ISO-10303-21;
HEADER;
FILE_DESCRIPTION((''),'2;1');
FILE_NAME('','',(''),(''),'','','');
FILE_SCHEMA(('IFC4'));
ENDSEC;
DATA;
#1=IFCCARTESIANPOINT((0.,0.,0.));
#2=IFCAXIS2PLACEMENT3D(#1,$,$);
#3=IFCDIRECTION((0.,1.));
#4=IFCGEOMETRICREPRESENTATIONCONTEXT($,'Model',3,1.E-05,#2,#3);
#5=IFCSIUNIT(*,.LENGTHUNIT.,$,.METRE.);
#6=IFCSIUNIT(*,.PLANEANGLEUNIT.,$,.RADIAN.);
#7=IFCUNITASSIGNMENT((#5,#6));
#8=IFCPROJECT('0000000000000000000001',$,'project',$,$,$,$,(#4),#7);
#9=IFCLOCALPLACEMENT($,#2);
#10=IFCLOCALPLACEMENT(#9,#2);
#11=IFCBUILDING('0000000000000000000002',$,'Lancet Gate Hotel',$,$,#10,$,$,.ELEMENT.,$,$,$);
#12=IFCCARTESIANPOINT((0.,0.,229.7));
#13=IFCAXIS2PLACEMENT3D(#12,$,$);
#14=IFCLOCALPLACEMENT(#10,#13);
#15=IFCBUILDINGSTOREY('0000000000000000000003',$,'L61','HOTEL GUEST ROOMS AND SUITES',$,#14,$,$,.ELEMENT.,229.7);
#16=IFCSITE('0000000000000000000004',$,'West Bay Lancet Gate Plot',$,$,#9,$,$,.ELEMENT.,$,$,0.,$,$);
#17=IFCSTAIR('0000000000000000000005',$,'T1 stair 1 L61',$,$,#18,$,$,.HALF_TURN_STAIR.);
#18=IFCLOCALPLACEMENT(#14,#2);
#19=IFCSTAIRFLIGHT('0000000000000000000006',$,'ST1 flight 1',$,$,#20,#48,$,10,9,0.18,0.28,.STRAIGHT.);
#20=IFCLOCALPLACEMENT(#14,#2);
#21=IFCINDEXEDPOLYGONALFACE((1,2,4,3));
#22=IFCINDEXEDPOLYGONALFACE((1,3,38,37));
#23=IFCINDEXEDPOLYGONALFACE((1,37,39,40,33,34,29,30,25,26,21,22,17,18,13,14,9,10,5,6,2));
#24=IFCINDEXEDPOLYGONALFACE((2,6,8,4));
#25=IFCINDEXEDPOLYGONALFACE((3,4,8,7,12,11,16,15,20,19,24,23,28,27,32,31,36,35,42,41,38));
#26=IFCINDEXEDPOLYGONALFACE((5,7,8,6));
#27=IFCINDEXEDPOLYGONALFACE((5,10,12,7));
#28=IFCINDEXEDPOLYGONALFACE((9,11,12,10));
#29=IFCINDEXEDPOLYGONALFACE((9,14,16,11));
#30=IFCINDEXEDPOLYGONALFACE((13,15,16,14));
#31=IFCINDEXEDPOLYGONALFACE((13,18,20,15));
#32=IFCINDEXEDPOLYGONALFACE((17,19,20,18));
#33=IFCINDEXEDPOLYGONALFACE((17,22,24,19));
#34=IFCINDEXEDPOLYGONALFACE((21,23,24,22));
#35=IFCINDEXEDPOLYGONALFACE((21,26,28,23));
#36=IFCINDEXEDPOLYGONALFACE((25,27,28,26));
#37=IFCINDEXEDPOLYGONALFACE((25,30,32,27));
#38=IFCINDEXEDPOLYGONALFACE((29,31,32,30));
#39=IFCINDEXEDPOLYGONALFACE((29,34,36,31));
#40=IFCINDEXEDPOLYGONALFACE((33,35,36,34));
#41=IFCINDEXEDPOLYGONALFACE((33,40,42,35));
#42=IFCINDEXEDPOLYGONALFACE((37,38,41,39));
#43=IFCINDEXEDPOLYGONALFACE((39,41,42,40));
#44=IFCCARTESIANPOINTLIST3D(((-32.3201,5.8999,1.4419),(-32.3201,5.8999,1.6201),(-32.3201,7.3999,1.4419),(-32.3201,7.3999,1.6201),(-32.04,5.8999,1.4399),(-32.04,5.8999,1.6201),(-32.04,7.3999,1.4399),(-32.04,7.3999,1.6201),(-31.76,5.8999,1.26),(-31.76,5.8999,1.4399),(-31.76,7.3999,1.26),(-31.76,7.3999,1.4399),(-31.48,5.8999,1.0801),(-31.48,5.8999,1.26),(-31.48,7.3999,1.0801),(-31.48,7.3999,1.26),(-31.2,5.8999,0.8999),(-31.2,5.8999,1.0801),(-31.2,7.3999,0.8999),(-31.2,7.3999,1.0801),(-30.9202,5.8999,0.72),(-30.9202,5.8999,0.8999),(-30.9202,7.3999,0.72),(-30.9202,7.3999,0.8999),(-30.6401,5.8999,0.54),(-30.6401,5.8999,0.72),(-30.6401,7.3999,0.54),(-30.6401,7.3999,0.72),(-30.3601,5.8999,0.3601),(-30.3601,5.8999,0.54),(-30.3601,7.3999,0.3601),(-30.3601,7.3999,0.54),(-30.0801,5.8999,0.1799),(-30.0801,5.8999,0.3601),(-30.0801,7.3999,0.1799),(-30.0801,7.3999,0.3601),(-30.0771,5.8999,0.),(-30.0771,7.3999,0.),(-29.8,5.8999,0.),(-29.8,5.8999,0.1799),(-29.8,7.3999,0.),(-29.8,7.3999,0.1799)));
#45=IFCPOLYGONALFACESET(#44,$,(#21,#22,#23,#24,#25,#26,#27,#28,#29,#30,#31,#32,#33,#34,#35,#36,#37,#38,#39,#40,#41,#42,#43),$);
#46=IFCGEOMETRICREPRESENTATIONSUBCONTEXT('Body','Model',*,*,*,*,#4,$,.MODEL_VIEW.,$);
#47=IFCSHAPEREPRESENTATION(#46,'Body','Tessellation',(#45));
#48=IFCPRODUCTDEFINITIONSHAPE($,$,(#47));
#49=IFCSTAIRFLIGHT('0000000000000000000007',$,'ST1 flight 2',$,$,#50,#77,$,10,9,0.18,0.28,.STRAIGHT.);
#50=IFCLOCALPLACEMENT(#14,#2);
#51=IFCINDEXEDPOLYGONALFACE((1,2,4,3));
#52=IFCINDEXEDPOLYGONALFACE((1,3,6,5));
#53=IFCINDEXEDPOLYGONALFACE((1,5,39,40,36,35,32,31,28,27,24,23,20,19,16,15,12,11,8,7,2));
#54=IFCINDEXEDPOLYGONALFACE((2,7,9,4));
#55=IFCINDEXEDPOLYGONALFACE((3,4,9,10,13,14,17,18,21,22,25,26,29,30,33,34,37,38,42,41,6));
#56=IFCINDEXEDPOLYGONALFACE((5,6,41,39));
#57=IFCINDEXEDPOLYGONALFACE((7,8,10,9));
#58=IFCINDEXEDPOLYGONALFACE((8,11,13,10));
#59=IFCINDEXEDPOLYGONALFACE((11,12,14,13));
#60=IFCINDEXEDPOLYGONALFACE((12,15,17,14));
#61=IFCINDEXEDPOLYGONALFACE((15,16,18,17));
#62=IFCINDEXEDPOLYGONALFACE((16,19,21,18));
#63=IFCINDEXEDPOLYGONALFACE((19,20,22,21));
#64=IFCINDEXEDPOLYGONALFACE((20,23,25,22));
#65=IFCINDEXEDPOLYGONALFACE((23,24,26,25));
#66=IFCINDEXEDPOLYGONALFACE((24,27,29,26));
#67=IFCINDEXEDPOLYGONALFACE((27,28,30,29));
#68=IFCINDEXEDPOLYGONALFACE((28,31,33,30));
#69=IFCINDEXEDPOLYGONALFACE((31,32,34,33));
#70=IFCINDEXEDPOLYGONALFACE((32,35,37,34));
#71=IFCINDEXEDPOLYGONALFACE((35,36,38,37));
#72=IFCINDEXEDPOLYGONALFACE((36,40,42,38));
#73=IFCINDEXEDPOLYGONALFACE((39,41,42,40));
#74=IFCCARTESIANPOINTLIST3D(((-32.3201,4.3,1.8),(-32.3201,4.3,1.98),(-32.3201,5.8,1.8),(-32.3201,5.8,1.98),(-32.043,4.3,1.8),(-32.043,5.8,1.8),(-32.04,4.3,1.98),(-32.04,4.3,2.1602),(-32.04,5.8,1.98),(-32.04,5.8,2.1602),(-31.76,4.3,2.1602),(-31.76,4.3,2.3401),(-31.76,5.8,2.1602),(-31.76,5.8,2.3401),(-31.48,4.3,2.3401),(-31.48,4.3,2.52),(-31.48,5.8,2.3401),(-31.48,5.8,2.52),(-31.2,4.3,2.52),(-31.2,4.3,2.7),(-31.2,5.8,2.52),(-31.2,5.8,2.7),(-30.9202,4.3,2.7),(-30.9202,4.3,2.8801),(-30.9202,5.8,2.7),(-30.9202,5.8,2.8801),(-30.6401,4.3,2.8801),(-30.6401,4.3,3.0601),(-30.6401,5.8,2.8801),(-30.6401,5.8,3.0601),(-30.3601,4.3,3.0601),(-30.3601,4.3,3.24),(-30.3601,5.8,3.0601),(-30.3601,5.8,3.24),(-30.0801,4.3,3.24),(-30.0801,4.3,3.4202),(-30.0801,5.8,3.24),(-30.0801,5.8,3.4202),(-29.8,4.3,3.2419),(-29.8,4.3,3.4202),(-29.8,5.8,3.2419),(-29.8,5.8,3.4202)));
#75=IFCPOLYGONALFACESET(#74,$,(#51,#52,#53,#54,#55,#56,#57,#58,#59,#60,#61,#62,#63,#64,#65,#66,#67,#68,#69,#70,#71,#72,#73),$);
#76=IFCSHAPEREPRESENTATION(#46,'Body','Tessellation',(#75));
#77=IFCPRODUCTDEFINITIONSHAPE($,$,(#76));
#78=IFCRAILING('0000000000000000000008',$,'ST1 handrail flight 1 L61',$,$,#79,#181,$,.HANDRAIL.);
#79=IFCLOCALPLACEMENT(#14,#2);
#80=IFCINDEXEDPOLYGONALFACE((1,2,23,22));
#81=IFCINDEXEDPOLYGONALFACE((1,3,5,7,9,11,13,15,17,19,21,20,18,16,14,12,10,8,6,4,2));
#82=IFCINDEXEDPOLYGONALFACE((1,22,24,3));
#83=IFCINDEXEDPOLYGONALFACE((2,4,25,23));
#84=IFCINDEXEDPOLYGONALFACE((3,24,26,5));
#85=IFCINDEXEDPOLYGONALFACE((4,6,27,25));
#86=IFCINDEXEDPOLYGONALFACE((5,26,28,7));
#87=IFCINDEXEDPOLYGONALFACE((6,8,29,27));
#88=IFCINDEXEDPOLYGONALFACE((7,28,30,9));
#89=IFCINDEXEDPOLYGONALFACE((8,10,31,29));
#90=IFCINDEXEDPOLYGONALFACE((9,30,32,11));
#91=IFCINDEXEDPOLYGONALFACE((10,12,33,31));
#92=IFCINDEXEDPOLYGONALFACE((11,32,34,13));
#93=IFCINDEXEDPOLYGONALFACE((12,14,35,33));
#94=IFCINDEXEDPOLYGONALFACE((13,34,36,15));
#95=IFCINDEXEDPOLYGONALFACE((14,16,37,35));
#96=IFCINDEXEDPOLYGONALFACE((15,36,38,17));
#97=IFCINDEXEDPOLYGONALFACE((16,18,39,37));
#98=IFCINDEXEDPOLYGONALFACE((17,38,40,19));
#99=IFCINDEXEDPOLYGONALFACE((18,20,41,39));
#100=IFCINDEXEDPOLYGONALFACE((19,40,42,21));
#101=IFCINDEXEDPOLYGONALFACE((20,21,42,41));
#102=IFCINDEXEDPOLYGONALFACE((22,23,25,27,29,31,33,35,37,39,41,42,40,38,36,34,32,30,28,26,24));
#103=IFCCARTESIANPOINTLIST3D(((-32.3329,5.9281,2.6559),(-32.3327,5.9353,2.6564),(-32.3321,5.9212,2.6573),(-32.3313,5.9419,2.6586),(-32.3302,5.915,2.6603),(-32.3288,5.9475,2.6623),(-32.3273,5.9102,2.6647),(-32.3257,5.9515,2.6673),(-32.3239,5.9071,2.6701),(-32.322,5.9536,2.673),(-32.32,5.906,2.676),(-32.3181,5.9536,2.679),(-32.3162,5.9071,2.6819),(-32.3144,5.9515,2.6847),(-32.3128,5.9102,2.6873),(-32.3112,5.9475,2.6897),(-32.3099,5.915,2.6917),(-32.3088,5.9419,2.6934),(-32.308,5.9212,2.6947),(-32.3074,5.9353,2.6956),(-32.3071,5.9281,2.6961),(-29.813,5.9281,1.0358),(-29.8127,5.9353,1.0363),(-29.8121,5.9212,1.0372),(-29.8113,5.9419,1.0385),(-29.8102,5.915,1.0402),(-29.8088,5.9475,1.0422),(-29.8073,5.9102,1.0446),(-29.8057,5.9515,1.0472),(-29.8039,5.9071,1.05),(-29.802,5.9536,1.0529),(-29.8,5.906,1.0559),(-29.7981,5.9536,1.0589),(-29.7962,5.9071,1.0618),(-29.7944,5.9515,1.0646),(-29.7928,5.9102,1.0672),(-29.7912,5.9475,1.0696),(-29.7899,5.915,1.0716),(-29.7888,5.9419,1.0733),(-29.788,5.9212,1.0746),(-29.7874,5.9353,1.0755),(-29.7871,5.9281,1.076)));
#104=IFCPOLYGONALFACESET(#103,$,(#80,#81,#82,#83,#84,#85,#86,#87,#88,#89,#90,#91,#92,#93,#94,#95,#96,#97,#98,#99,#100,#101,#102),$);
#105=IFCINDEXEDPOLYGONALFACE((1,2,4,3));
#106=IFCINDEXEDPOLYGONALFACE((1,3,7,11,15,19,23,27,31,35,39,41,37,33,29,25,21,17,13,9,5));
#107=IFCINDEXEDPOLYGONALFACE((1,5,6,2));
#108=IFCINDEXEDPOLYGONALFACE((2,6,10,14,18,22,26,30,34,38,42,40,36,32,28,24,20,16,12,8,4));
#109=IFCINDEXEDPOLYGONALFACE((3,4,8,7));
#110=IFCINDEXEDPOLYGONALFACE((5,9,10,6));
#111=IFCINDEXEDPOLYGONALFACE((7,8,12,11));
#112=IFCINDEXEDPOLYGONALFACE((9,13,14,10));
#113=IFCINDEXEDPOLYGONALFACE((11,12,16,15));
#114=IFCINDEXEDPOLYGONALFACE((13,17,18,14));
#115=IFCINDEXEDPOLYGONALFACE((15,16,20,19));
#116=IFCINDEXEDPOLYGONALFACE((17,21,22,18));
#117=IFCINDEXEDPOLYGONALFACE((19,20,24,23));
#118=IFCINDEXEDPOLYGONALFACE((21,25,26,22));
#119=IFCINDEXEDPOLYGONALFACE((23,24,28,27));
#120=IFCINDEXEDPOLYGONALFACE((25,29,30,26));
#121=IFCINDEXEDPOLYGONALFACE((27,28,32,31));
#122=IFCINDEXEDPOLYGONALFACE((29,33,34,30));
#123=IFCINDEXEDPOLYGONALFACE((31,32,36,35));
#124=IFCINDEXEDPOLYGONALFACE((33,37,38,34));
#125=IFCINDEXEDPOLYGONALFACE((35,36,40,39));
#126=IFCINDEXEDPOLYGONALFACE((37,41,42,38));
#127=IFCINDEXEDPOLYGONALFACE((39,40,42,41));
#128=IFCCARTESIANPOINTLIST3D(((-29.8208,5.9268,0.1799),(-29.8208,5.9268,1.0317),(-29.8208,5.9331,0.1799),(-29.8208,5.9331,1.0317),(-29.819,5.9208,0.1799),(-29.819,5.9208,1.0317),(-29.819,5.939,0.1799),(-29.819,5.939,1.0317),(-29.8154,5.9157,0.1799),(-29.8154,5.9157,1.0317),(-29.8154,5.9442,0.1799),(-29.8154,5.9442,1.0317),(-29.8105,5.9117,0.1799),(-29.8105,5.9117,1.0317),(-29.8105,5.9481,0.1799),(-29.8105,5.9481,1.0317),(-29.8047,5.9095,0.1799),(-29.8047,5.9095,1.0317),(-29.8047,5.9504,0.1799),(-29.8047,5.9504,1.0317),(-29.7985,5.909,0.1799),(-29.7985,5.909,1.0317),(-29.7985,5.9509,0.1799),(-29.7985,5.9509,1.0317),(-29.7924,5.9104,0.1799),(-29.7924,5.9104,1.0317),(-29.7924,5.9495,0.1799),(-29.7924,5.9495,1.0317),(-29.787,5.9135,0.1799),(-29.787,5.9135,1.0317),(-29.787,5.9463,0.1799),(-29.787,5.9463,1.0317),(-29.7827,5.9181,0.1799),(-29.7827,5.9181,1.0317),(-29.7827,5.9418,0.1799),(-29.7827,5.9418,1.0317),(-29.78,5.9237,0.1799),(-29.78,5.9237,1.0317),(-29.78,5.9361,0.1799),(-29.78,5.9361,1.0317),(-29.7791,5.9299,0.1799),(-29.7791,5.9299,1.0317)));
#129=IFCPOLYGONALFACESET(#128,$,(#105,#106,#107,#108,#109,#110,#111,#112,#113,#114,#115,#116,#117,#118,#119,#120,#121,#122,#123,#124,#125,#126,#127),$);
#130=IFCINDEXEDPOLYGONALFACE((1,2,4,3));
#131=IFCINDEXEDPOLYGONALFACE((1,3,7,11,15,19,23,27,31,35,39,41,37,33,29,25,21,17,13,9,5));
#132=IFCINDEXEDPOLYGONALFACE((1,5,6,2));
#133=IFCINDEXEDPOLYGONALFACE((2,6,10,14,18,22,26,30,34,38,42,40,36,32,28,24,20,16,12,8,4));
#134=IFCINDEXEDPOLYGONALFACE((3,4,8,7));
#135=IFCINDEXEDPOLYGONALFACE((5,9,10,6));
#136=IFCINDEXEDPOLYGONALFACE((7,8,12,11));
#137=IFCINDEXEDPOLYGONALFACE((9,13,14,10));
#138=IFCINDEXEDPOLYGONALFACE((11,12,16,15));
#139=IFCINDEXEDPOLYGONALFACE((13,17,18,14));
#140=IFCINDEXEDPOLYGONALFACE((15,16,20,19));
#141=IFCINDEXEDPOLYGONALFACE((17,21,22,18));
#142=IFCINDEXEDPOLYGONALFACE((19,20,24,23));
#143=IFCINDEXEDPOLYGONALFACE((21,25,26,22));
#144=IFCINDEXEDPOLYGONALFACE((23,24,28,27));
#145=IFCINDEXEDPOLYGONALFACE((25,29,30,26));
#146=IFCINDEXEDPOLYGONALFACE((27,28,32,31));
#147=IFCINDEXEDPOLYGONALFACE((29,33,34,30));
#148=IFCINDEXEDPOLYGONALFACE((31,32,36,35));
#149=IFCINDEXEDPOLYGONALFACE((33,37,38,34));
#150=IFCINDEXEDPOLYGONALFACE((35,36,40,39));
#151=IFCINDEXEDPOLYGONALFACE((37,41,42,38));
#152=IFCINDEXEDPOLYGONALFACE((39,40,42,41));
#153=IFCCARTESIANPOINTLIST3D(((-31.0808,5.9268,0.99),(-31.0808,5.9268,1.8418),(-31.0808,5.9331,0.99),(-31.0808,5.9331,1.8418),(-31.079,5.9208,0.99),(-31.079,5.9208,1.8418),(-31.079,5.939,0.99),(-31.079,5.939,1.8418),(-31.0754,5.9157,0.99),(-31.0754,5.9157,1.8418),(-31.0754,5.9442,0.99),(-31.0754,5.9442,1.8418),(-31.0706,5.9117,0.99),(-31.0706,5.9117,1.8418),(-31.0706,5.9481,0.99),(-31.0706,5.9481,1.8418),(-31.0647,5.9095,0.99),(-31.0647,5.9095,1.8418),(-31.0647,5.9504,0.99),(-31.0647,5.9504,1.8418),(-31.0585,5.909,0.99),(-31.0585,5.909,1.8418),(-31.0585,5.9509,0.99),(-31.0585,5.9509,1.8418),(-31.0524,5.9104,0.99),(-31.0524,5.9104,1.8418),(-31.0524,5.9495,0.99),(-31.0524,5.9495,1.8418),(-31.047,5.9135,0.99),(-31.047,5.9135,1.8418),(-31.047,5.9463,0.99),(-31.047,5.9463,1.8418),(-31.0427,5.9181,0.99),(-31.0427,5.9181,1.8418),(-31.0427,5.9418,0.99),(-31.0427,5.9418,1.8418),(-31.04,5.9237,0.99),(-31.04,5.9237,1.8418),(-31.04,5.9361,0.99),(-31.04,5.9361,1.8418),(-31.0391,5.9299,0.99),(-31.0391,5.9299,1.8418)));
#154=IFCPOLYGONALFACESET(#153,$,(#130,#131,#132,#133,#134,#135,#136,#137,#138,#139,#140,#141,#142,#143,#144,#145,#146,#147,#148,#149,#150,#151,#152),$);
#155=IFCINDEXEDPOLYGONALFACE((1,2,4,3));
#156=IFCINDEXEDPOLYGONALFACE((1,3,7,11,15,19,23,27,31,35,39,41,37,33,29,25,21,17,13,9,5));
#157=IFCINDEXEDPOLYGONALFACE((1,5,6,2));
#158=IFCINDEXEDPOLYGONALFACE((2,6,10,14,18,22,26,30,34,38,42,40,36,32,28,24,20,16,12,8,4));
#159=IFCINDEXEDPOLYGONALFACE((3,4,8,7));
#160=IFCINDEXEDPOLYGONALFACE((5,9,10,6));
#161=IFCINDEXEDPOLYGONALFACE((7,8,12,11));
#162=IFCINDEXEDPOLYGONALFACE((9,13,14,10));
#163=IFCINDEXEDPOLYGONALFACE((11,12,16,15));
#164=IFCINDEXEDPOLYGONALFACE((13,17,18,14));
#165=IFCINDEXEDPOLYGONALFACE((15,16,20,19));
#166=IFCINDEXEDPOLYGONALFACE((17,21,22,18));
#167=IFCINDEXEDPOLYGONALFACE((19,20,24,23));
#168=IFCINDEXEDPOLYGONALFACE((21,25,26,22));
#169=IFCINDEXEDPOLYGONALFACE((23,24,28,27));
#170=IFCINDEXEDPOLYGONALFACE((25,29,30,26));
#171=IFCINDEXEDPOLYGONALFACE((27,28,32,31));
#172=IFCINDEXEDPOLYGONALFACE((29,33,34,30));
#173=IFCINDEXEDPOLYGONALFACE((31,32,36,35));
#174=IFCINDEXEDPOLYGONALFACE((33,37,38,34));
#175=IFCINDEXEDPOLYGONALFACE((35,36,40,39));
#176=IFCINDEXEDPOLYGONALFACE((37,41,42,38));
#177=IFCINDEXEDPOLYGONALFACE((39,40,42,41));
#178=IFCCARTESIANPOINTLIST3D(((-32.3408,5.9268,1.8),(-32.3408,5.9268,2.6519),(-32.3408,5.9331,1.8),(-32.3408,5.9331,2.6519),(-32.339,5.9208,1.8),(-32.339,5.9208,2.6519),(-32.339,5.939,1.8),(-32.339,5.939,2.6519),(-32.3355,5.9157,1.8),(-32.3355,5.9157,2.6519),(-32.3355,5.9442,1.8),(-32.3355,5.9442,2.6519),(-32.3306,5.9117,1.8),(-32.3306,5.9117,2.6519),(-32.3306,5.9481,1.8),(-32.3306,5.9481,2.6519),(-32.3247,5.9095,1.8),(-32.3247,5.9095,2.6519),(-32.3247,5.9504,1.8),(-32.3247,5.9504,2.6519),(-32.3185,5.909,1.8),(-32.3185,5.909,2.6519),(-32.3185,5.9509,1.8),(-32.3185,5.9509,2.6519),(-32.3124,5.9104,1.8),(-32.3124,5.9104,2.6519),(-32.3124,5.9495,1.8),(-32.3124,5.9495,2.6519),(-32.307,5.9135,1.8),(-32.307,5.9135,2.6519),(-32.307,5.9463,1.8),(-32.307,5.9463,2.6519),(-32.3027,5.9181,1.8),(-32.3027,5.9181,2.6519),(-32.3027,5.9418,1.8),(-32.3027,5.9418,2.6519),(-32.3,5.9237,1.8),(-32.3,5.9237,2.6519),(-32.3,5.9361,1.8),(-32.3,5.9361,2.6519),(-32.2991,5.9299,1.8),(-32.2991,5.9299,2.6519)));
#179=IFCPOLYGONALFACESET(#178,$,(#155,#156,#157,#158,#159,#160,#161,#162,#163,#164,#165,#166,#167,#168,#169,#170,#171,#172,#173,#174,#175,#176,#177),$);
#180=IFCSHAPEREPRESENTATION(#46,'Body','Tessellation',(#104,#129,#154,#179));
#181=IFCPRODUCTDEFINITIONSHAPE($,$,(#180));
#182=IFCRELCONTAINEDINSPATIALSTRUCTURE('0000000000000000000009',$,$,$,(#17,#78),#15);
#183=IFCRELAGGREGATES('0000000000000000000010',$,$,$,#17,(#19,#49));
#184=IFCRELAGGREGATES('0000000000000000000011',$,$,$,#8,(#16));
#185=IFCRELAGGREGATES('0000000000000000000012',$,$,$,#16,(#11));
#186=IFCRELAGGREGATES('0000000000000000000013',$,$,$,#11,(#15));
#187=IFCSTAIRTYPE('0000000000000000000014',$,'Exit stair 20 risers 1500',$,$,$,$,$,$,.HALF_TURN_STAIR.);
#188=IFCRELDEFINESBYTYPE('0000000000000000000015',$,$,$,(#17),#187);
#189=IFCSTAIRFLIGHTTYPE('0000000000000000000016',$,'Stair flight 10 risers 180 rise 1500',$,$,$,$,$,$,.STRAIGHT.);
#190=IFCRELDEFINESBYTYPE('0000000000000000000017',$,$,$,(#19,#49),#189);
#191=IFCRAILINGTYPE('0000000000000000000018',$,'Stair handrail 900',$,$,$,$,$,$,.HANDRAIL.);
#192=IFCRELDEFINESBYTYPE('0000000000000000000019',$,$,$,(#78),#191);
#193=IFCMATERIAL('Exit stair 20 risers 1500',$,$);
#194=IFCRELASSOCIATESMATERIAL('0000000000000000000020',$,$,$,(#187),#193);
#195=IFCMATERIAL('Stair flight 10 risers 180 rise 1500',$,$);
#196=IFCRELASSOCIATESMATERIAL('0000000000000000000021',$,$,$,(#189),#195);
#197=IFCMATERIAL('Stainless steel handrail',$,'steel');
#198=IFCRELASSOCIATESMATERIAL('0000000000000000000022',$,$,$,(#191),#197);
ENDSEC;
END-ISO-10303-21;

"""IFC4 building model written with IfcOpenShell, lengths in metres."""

from ifc_helpers import new_model, si_unit, direction, frame, origin, origin_2d, place, context, subcontext, project, spatial, polyline, circle, outline, extrude, material, type_object, element, aggregate, save


model = new_model("IFC4")

# Units and contexts
model_context = context("Model", 3, precision=1e-05, world=origin(), true_north=direction((0.0, 1.0)))
body_context = subcontext(model_context, "Body", "Model", "MODEL_VIEW")
ifc_project = project(units=[si_unit("LENGTHUNIT", "METRE"), si_unit("PLANEANGLEUNIT", "RADIAN")], contexts=[model_context])

# Site, building, storey
site_placement = place(None, origin())
site = spatial("IfcSite", under=ifc_project, at=site_placement, Name="West Bay Lancet Gate Plot", CompositionType="ELEMENT", RefElevation=0.0)
building_placement = place(site_placement, origin())
building = spatial("IfcBuilding", under=site, at=building_placement, Name="Lancet Gate Hotel", CompositionType="ELEMENT")
storey_placement = place(building_placement, frame((0.0, 0.0, 229.7)))
storey = spatial("IfcBuildingStorey", under=building, at=storey_placement, Name="L61", Description="HOTEL GUEST ROOMS AND SUITES", CompositionType="ELEMENT", Elevation=229.7)

# Stair, stair flights
ifc_material_1 = material(Name="Exit stair 20 risers 1500")
stair_type = type_object("IfcStairType", Name="Exit stair 20 risers 1500", PredefinedType="HALF_TURN_STAIR", material=ifc_material_1)
stair_placement = place(storey_placement, origin())
stair = element("IfcStair", 1, at=stair_placement, inside=storey, type_object=stair_type, Name="T1 stair 1 L61", PredefinedType="HALF_TURN_STAIR")
ifc_material_2 = material(Name="Stair flight 10 risers 180 rise 1500")
stair_flight_type = type_object("IfcStairFlightType", Name="Stair flight 10 risers 180 rise 1500", PredefinedType="STRAIGHT", material=ifc_material_2)
stair_flight_1_placement = place(storey_placement, frame((-29.8, 6.6499, 0.0), z_axis=(0.0, 0.0, 1.0), x_axis=(-1.0, 0.0, 0.0)))
stair_flight_1 = element("IfcStairFlight", 2, at=stair_flight_1_placement, type_object=stair_flight_type, Name="ST1 flight 1", NumberOfRisers=10, NumberOfTreads=9, PredefinedType="STRAIGHT", RiserHeight=0.18, TreadLength=0.28, context=body_context, shape_type="SweptSolid", body=[
    extrude(outline(polyline([(0.0, 0.0), (0.0, 0.1799), (0.28, 0.1799), (0.28, 0.3601), (0.5601, 0.3601), (0.5601, 0.54), (0.8401, 0.54), (0.8401, 0.72), (1.1201, 0.72), (1.1201, 0.8999), (1.3999, 0.8999), (1.3999, 1.0801), (1.6799, 1.0801), (1.6799, 1.26), (1.96, 1.26), (1.96, 1.4399), (2.24, 1.4399), (2.24, 1.6201), (2.52, 1.6201), (2.52, 1.8), (2.52, 1.4419), (0.2771, 0.0), (0.0, 0.0)])), frame((0.0, 0.75, 0.0), z_axis=(0.0, -1.0, 0.0), x_axis=(1.0, 0.0, 0.0)), (0.0, 0.0, 1.0), 1.5),
])
stair_flight_2_placement = place(storey_placement, frame((-32.3201, 5.05, 1.8), z_axis=(0.0, 0.0, 1.0), x_axis=(1.0, 0.0, 0.0)))
stair_flight_2 = element("IfcStairFlight", 3, at=stair_flight_2_placement, type_object=stair_flight_type, Name="ST1 flight 2", NumberOfRisers=10, NumberOfTreads=9, PredefinedType="STRAIGHT", RiserHeight=0.18, TreadLength=0.28, context=body_context, shape_type="SweptSolid", body=[
    extrude(outline(polyline([(0.0, 0.0), (0.0, 0.1799), (0.28, 0.1799), (0.28, 0.3601), (0.5601, 0.3601), (0.5601, 0.54), (0.8401, 0.54), (0.8401, 0.72), (1.1201, 0.72), (1.1201, 0.8999), (1.3999, 0.8999), (1.3999, 1.0801), (1.6799, 1.0801), (1.6799, 1.26), (1.96, 1.26), (1.96, 1.4399), (2.24, 1.4399), (2.24, 1.6201), (2.52, 1.6201), (2.52, 1.8), (2.52, 1.4419), (0.2771, 0.0), (0.0, 0.0)])), frame((0.0, 0.75, 0.0), z_axis=(0.0, -1.0, 0.0), x_axis=(1.0, 0.0, 0.0)), (0.0, 0.0, 1.0), 1.5),
])
aggregate(stair, [stair_flight_1, stair_flight_2])

# Railing
ifc_material_3 = material(Name="Stainless steel handrail", Category="steel")
railing_type = type_object("IfcRailingType", Name="Stair handrail 900", PredefinedType="HANDRAIL", material=ifc_material_3)
railing_1_placement = place(storey_placement, frame((-29.8, 5.9299, 0.1799)))
element("IfcRailing", 4, at=railing_1_placement, inside=storey, type_object=railing_type, Name="ST1 handrail flight 1 L61", PredefinedType="HANDRAIL", context=body_context, shape_type="SweptSolid", body=[
    extrude(circle(Radius=0.0239, at=origin_2d()), frame((0.0, 0.0, 0.876), z_axis=(-0.841163, 0.0, 0.540782), x_axis=(0.0, -1.0, 0.0)), (0.0, 0.0, 1.0), 2.9958),
    extrude(circle(Radius=0.021, at=origin_2d()), origin(), (0.0, 0.0, 1.0), 0.8518),
    extrude(circle(Radius=0.021, at=origin_2d()), frame((-1.26, 0.0, 0.8101)), (0.0, 0.0, 1.0), 0.8518),
    extrude(circle(Radius=0.021, at=origin_2d()), frame((-2.52, 0.0, 1.6201)), (0.0, 0.0, 1.0), 0.8518),
])

save(model, "model.ifc")
